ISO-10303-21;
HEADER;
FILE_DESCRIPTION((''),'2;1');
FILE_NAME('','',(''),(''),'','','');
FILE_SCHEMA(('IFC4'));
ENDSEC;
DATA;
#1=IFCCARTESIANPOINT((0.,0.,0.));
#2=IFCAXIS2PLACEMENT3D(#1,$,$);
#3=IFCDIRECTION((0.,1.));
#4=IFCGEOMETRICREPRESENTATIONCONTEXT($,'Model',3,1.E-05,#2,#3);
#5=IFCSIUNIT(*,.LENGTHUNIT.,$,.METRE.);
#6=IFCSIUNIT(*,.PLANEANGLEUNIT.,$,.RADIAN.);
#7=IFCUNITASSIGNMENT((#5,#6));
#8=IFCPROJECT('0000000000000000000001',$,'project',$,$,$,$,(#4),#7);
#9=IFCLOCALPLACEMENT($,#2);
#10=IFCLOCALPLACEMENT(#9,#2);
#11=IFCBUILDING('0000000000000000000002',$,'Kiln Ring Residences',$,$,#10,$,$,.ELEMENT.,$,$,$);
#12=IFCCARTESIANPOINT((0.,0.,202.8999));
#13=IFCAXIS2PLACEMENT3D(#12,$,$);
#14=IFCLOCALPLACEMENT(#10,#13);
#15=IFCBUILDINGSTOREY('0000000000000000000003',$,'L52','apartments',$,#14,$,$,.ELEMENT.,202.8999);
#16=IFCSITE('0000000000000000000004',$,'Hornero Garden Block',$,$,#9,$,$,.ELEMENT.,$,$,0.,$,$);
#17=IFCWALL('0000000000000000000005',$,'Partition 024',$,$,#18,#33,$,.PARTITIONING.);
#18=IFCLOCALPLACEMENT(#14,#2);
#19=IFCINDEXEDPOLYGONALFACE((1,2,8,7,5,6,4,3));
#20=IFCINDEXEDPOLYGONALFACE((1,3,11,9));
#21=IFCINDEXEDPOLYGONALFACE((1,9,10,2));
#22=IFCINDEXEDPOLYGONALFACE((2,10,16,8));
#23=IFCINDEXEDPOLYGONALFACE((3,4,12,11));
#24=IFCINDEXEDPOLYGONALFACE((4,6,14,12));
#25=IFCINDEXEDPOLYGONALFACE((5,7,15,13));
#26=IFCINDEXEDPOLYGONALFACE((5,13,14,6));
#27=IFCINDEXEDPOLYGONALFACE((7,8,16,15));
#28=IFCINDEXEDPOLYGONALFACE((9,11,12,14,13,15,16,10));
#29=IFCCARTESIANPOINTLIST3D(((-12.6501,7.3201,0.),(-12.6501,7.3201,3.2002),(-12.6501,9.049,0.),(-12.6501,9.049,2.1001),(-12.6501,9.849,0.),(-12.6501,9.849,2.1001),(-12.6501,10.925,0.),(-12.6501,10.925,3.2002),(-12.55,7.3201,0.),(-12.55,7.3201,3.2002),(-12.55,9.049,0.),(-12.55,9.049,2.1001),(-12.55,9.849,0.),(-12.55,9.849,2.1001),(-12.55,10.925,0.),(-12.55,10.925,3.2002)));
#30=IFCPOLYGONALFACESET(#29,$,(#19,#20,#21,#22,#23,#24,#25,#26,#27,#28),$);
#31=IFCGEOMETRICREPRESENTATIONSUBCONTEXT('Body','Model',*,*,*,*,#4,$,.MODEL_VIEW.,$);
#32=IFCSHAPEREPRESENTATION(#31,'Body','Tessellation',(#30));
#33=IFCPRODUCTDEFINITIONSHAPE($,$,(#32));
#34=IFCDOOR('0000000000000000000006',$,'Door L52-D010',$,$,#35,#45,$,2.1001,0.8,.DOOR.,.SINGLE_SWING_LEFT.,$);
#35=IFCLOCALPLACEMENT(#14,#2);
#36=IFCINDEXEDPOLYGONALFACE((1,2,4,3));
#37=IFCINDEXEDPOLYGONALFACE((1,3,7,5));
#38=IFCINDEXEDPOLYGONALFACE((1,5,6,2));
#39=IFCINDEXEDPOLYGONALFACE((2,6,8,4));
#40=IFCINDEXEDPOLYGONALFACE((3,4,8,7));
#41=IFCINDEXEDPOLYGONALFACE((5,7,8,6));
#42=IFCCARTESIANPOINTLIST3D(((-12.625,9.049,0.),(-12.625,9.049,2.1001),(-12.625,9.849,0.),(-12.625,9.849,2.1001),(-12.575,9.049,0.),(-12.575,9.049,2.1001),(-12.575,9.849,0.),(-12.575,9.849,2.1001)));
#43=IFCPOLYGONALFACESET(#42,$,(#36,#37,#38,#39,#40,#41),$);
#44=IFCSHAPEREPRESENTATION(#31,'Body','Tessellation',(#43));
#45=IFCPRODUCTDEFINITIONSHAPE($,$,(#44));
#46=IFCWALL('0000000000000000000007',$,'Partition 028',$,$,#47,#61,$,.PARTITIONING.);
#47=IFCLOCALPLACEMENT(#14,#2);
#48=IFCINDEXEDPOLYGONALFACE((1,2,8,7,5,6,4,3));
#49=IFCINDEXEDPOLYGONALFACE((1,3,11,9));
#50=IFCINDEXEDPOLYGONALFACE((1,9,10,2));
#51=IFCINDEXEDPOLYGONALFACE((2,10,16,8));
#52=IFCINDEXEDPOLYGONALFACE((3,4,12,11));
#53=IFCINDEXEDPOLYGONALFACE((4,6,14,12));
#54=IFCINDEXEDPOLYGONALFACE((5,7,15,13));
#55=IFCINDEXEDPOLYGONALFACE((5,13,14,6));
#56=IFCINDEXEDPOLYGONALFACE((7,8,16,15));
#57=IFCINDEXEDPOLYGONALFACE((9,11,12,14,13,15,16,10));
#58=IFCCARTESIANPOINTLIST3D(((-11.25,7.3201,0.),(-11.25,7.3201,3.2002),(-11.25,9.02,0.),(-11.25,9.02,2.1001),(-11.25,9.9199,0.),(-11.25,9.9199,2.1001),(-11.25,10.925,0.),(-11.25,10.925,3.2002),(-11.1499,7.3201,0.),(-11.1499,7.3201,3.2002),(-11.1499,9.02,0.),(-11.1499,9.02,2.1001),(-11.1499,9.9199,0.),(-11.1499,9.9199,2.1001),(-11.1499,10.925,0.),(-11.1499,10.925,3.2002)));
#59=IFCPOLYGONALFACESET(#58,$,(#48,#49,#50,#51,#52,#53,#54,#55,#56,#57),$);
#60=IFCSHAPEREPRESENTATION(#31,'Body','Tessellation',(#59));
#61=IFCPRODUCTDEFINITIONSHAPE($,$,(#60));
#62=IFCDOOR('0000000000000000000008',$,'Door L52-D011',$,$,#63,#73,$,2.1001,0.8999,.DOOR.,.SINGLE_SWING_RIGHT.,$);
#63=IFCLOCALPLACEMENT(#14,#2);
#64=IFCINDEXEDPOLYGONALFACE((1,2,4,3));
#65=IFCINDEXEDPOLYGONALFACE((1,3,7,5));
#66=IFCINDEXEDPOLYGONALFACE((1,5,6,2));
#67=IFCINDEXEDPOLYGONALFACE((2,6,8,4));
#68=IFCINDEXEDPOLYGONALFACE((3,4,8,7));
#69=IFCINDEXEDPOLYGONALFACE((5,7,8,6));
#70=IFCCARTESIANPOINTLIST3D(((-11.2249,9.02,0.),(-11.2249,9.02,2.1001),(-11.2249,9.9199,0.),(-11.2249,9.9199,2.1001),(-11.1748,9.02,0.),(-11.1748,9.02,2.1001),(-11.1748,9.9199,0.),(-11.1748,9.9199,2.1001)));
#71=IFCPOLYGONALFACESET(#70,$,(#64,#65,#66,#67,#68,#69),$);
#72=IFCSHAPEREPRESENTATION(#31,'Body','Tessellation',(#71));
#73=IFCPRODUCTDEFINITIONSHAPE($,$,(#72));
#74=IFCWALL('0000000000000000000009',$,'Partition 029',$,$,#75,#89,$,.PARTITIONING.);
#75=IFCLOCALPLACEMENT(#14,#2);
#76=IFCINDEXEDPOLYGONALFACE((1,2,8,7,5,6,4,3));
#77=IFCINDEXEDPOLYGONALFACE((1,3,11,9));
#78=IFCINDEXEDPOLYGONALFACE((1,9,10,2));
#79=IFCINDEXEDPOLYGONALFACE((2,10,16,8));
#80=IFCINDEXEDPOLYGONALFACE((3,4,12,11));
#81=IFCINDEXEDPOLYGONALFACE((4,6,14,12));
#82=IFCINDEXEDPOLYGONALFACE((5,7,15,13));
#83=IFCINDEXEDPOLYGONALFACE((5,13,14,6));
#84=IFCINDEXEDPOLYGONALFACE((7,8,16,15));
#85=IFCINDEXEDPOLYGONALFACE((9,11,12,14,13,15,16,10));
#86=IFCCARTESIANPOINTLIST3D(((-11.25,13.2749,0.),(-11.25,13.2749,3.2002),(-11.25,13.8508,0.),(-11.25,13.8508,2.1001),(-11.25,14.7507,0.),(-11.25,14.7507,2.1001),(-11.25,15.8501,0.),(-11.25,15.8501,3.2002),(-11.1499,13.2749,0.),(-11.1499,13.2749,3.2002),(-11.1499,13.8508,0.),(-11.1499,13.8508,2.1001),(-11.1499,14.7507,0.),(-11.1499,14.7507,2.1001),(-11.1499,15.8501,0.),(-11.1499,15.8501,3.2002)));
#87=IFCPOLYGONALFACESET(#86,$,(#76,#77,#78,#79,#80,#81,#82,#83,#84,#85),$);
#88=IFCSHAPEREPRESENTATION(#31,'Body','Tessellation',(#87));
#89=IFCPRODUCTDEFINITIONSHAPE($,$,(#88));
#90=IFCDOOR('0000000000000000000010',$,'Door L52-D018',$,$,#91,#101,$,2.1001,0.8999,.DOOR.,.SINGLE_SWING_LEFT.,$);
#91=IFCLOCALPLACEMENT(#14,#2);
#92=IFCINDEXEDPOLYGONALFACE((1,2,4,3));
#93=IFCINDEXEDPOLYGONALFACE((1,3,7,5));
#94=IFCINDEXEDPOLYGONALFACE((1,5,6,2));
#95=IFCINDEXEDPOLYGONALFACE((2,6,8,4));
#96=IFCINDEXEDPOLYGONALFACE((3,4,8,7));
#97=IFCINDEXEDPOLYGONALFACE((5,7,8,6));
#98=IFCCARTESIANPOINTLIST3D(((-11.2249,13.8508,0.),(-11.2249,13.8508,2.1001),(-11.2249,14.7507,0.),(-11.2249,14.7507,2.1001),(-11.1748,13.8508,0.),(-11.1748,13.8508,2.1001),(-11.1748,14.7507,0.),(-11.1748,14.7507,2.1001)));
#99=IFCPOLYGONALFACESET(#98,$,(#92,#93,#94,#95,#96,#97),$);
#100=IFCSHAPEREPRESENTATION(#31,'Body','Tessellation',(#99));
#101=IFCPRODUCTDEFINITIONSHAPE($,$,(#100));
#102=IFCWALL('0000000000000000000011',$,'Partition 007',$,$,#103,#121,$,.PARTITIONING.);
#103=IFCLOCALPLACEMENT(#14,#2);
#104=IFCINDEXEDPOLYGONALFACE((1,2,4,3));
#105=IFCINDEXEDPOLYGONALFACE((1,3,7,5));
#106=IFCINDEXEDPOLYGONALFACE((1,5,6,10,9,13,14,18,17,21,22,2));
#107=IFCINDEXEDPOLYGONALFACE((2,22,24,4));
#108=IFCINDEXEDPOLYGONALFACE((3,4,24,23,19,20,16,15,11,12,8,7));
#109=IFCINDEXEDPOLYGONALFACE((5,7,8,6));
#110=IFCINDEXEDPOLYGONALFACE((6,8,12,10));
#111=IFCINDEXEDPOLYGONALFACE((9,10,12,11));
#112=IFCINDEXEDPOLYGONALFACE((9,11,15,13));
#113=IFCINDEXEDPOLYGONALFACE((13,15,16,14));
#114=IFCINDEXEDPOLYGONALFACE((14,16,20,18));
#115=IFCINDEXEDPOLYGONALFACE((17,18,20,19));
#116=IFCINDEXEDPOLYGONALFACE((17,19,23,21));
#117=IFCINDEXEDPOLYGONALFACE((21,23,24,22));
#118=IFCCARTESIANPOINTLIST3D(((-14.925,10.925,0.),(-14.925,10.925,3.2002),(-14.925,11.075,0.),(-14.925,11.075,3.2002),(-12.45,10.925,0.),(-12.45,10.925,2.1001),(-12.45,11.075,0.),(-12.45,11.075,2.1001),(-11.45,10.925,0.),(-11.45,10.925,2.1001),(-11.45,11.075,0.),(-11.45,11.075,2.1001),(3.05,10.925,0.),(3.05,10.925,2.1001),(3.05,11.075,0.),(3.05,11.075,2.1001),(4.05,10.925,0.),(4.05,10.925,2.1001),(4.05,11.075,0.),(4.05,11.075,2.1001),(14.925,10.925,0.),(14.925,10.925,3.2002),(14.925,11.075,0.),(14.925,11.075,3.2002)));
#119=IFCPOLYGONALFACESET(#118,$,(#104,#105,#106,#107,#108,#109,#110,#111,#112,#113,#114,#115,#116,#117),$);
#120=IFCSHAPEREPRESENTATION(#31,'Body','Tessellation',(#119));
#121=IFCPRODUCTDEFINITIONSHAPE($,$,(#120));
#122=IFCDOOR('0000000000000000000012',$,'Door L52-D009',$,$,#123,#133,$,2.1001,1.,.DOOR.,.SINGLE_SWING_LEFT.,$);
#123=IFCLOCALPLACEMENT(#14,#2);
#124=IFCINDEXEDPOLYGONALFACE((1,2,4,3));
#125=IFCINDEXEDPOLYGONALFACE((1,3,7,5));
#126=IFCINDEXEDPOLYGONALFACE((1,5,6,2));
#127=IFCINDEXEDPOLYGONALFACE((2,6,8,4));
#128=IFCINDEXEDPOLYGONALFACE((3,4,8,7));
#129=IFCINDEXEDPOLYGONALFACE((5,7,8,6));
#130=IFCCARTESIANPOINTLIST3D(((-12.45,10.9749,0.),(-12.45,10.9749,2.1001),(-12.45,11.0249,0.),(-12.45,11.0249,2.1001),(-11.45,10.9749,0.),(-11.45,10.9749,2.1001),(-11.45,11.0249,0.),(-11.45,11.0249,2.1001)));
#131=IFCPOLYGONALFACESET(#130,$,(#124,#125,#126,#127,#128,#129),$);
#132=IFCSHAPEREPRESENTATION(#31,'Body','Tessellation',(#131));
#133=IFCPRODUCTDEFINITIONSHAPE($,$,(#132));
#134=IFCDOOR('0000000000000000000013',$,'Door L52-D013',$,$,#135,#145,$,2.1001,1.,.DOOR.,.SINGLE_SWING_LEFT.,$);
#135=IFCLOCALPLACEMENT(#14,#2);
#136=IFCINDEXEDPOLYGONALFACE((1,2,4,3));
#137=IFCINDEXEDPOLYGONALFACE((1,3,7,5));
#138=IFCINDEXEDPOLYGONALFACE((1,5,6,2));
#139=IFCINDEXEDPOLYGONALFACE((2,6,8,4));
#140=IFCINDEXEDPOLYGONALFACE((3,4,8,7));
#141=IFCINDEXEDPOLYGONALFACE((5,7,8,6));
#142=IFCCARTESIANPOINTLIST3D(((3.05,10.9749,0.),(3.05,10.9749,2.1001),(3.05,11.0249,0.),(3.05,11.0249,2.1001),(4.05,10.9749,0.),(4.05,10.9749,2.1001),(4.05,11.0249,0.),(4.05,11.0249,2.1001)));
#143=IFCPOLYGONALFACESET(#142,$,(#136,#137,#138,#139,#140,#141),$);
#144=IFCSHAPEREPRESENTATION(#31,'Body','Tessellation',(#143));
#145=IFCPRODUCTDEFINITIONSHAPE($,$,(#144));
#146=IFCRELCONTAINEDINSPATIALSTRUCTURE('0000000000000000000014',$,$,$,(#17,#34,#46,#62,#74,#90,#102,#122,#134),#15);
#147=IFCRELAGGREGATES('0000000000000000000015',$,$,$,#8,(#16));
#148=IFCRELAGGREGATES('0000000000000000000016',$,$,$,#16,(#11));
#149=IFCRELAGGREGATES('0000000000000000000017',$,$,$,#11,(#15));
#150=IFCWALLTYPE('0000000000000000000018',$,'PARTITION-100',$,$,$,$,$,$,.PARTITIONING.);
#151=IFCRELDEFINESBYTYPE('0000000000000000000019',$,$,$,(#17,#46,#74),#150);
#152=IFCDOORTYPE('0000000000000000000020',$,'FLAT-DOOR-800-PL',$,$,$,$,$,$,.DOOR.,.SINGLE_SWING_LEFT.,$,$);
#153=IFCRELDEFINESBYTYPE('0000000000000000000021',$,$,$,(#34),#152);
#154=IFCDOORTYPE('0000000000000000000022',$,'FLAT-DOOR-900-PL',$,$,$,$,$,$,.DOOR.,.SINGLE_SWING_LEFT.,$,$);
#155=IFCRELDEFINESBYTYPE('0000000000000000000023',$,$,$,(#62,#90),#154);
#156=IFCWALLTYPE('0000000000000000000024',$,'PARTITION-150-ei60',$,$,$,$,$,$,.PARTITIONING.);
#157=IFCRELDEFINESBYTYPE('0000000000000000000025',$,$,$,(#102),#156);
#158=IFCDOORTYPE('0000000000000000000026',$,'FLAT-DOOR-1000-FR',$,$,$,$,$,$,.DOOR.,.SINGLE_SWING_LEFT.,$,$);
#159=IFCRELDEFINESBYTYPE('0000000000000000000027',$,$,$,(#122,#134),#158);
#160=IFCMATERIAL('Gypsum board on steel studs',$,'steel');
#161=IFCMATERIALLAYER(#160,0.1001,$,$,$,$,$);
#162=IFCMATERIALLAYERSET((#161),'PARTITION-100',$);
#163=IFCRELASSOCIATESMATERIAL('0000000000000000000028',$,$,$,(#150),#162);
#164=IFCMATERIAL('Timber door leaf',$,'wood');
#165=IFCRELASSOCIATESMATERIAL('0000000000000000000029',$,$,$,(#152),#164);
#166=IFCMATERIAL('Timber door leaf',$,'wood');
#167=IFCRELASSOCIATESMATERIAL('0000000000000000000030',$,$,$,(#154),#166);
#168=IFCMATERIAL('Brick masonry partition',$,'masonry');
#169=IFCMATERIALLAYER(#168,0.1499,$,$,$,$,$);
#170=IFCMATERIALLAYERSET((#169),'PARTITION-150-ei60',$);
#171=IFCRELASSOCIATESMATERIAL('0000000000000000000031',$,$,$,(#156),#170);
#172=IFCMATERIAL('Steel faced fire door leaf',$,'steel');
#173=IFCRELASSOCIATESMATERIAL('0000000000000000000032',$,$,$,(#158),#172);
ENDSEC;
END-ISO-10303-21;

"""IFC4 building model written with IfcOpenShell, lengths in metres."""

from ifc_helpers import new_model, si_unit, direction, frame, frame_2d, origin, place, context, subcontext, project, spatial, rectangle, extrude, material, layer, layer_set, type_object, element, fill, save


model = new_model("IFC4")

# Units and contexts
model_context = context("Model", 3, precision=1e-05, world=origin(), true_north=direction((0.0, 1.0)))
body_context = subcontext(model_context, "Body", "Model", "MODEL_VIEW")
ifc_project = project(units=[si_unit("LENGTHUNIT", "METRE"), si_unit("PLANEANGLEUNIT", "RADIAN")], contexts=[model_context])

# Site, building, storey
site_placement = place(None, origin())
site = spatial("IfcSite", under=ifc_project, at=site_placement, Name="Hornero Garden Block", CompositionType="ELEMENT", RefElevation=0.0)
building_placement = place(site_placement, origin())
building = spatial("IfcBuilding", under=site, at=building_placement, Name="Kiln Ring Residences", CompositionType="ELEMENT")
storey_placement = place(building_placement, frame((0.0, 0.0, 202.8999)))
storey = spatial("IfcBuildingStorey", under=building, at=storey_placement, Name="L52", Description="apartments", CompositionType="ELEMENT", Elevation=202.8999)

# Walls, openings, doors
ifc_material_1 = material(Name="Gypsum board on steel studs", Category="steel")
ifc_layer_1 = layer(ifc_material_1, 0.1001)
ifc_layer_set_1 = layer_set([ifc_layer_1], Name="PARTITION-100")
wall_type_1 = type_object("IfcWallType", Name="PARTITION-100", PredefinedType="PARTITIONING", material=ifc_layer_set_1)
wall_1_placement = place(storey_placement, frame((-12.6001, 7.3201, 0.0), z_axis=(0.0, 0.0, 1.0), x_axis=(0.0, 1.0, 0.0)))
wall_1 = element("IfcWall", 1, at=wall_1_placement, inside=storey, type_object=wall_type_1, Name="Partition 024", PredefinedType="PARTITIONING", context=body_context, shape_type="SweptSolid", body=[
    extrude(rectangle(XDim=3.605, YDim=0.1001, at=frame_2d((1.8025, 0.0))), origin(), (0.0, 0.0, 1.0), 3.2002),
])
opening_1_placement = place(wall_1_placement, frame((1.729, 0.0, 0.0)))
opening_1 = element("IfcOpeningElement", 2, at=opening_1_placement, cuts=wall_1, PredefinedType="OPENING", context=body_context, shape_type="SweptSolid", body=[
    extrude(rectangle(XDim=0.8, YDim=2.1001, at=frame_2d((0.3999, 1.05))), frame((0.0, 0.0601, 0.0), z_axis=(0.0, -1.0, 0.0), x_axis=(1.0, 0.0, 0.0)), (0.0, 0.0, 1.0), 0.1201),
])
ifc_material_2 = material(Name="Timber door leaf", Category="wood")
door_type_1 = type_object("IfcDoorType", Name="FLAT-DOOR-800-PL", OperationType="SINGLE_SWING_LEFT", PredefinedType="DOOR", material=ifc_material_2)
door_1_placement = place(opening_1_placement, origin())
door_1 = element("IfcDoor", 3, at=door_1_placement, inside=storey, type_object=door_type_1, Name="Door L52-D010", OperationType="SINGLE_SWING_LEFT", OverallHeight=2.1001, OverallWidth=0.8, PredefinedType="DOOR", context=body_context, shape_type="SweptSolid", body=[
    extrude(rectangle(XDim=0.8, YDim=2.1001, at=frame_2d((0.3999, 1.05))), frame((0.0, 0.0249, 0.0), z_axis=(0.0, -1.0, 0.0), x_axis=(1.0, 0.0, 0.0)), (0.0, 0.0, 1.0), 0.05),
])
fill(opening_1, door_1)
wall_2_placement = place(storey_placement, frame((-11.2, 7.3201, 0.0), z_axis=(0.0, 0.0, 1.0), x_axis=(0.0, 1.0, 0.0)))
wall_2 = element("IfcWall", 4, at=wall_2_placement, inside=storey, type_object=wall_type_1, Name="Partition 028", PredefinedType="PARTITIONING", context=body_context, shape_type="SweptSolid", body=[
    extrude(rectangle(XDim=3.605, YDim=0.1001, at=frame_2d((1.8025, 0.0))), origin(), (0.0, 0.0, 1.0), 3.2002),
])
opening_2_placement = place(wall_2_placement, frame((1.7, 0.0, 0.0)))
opening_2 = element("IfcOpeningElement", 5, at=opening_2_placement, cuts=wall_2, PredefinedType="OPENING", context=body_context, shape_type="SweptSolid", body=[
    extrude(rectangle(XDim=0.8999, YDim=2.1001, at=frame_2d((0.45, 1.05))), frame((0.0, 0.0601, 0.0), z_axis=(0.0, -1.0, 0.0), x_axis=(1.0, 0.0, 0.0)), (0.0, 0.0, 1.0), 0.1201),
])
ifc_material_3 = material(Name="Timber door leaf", Category="wood")
door_type_2 = type_object("IfcDoorType", Name="FLAT-DOOR-900-PL", OperationType="SINGLE_SWING_LEFT", PredefinedType="DOOR", material=ifc_material_3)
door_2_placement = place(opening_2_placement, origin())
door_2 = element("IfcDoor", 6, at=door_2_placement, inside=storey, type_object=door_type_2, Name="Door L52-D011", OperationType="SINGLE_SWING_RIGHT", OverallHeight=2.1001, OverallWidth=0.8999, PredefinedType="DOOR", context=body_context, shape_type="SweptSolid", body=[
    extrude(rectangle(XDim=0.8999, YDim=2.1001, at=frame_2d((0.45, 1.05))), frame((0.0, 0.0249, 0.0), z_axis=(0.0, -1.0, 0.0), x_axis=(1.0, 0.0, 0.0)), (0.0, 0.0, 1.0), 0.05),
])
fill(opening_2, door_2)
wall_3_placement = place(storey_placement, frame((-11.2, 13.2749, 0.0), z_axis=(0.0, 0.0, 1.0), x_axis=(0.0, 1.0, 0.0)))
wall_3 = element("IfcWall", 7, at=wall_3_placement, inside=storey, type_object=wall_type_1, Name="Partition 029", PredefinedType="PARTITIONING", context=body_context, shape_type="SweptSolid", body=[
    extrude(rectangle(XDim=2.5752, YDim=0.1001, at=frame_2d((1.2876, 0.0))), origin(), (0.0, 0.0, 1.0), 3.2002),
])
opening_3_placement = place(wall_3_placement, frame((0.5759, 0.0, 0.0)))
opening_3 = element("IfcOpeningElement", 8, at=opening_3_placement, cuts=wall_3, PredefinedType="OPENING", context=body_context, shape_type="SweptSolid", body=[
    extrude(rectangle(XDim=0.8999, YDim=2.1001, at=frame_2d((0.45, 1.05))), frame((0.0, 0.0601, 0.0), z_axis=(0.0, -1.0, 0.0), x_axis=(1.0, 0.0, 0.0)), (0.0, 0.0, 1.0), 0.1201),
])
door_3_placement = place(opening_3_placement, origin())
door_3 = element("IfcDoor", 9, at=door_3_placement, inside=storey, type_object=door_type_2, Name="Door L52-D018", OperationType="SINGLE_SWING_LEFT", OverallHeight=2.1001, OverallWidth=0.8999, PredefinedType="DOOR", context=body_context, shape_type="SweptSolid", body=[
    extrude(rectangle(XDim=0.8999, YDim=2.1001, at=frame_2d((0.45, 1.05))), frame((0.0, 0.0249, 0.0), z_axis=(0.0, -1.0, 0.0), x_axis=(1.0, 0.0, 0.0)), (0.0, 0.0, 1.0), 0.05),
])
fill(opening_3, door_3)

# Wall, openings, doors
ifc_material_4 = material(Name="Brick masonry partition", Category="masonry")
ifc_layer_2 = layer(ifc_material_4, 0.1499)
ifc_layer_set_2 = layer_set([ifc_layer_2], Name="PARTITION-150-ei60")
wall_type_2 = type_object("IfcWallType", Name="PARTITION-150-ei60", PredefinedType="PARTITIONING", material=ifc_layer_set_2)
wall_4_placement = place(storey_placement, frame((-14.925, 11.0, 0.0), z_axis=(0.0, 0.0, 1.0), x_axis=(1.0, 0.0, 0.0)))
wall_4 = element("IfcWall", 10, at=wall_4_placement, inside=storey, type_object=wall_type_2, Name="Partition 007", PredefinedType="PARTITIONING", context=body_context, shape_type="SweptSolid", body=[
    extrude(rectangle(XDim=29.8501, YDim=0.1499, at=frame_2d((14.925, 0.0))), origin(), (0.0, 0.0, 1.0), 3.2002),
])
opening_4_placement = place(wall_4_placement, frame((2.4751, 0.0, 0.0)))
opening_4 = element("IfcOpeningElement", 11, at=opening_4_placement, cuts=wall_4, PredefinedType="OPENING", context=body_context, shape_type="SweptSolid", body=[
    extrude(rectangle(XDim=1.0, YDim=2.1001, at=frame_2d((0.5, 1.05))), frame((0.0, 0.085, 0.0), z_axis=(0.0, -1.0, 0.0), x_axis=(1.0, 0.0, 0.0)), (0.0, 0.0, 1.0), 0.1699),
])
opening_5_placement = place(wall_4_placement, frame((17.9751, 0.0, 0.0)))
opening_5 = element("IfcOpeningElement", 12, at=opening_5_placement, cuts=wall_4, PredefinedType="OPENING", context=body_context, shape_type="SweptSolid", body=[
    extrude(rectangle(XDim=1.0, YDim=2.1001, at=frame_2d((0.5, 1.05))), frame((0.0, 0.085, 0.0), z_axis=(0.0, -1.0, 0.0), x_axis=(1.0, 0.0, 0.0)), (0.0, 0.0, 1.0), 0.1699),
])
ifc_material_5 = material(Name="Steel faced fire door leaf", Category="steel")
door_type_3 = type_object("IfcDoorType", Name="FLAT-DOOR-1000-FR", OperationType="SINGLE_SWING_LEFT", PredefinedType="DOOR", material=ifc_material_5)
door_4_placement = place(opening_4_placement, origin())
door_4 = element("IfcDoor", 13, at=door_4_placement, inside=storey, type_object=door_type_3, Name="Door L52-D009", OperationType="SINGLE_SWING_LEFT", OverallHeight=2.1001, OverallWidth=1.0, PredefinedType="DOOR", context=body_context, shape_type="SweptSolid", body=[
    extrude(rectangle(XDim=1.0, YDim=2.1001, at=frame_2d((0.5, 1.05))), frame((0.0, 0.0249, 0.0), z_axis=(0.0, -1.0, 0.0), x_axis=(1.0, 0.0, 0.0)), (0.0, 0.0, 1.0), 0.05),
])
fill(opening_4, door_4)
door_5_placement = place(opening_5_placement, origin())
door_5 = element("IfcDoor", 14, at=door_5_placement, inside=storey, type_object=door_type_3, Name="Door L52-D013", OperationType="SINGLE_SWING_LEFT", OverallHeight=2.1001, OverallWidth=1.0, PredefinedType="DOOR", context=body_context, shape_type="SweptSolid", body=[
    extrude(rectangle(XDim=1.0, YDim=2.1001, at=frame_2d((0.5, 1.05))), frame((0.0, 0.0249, 0.0), z_axis=(0.0, -1.0, 0.0), x_axis=(1.0, 0.0, 0.0)), (0.0, 0.0, 1.0), 0.05),
])
fill(opening_5, door_5)

save(model, "model.ifc")
